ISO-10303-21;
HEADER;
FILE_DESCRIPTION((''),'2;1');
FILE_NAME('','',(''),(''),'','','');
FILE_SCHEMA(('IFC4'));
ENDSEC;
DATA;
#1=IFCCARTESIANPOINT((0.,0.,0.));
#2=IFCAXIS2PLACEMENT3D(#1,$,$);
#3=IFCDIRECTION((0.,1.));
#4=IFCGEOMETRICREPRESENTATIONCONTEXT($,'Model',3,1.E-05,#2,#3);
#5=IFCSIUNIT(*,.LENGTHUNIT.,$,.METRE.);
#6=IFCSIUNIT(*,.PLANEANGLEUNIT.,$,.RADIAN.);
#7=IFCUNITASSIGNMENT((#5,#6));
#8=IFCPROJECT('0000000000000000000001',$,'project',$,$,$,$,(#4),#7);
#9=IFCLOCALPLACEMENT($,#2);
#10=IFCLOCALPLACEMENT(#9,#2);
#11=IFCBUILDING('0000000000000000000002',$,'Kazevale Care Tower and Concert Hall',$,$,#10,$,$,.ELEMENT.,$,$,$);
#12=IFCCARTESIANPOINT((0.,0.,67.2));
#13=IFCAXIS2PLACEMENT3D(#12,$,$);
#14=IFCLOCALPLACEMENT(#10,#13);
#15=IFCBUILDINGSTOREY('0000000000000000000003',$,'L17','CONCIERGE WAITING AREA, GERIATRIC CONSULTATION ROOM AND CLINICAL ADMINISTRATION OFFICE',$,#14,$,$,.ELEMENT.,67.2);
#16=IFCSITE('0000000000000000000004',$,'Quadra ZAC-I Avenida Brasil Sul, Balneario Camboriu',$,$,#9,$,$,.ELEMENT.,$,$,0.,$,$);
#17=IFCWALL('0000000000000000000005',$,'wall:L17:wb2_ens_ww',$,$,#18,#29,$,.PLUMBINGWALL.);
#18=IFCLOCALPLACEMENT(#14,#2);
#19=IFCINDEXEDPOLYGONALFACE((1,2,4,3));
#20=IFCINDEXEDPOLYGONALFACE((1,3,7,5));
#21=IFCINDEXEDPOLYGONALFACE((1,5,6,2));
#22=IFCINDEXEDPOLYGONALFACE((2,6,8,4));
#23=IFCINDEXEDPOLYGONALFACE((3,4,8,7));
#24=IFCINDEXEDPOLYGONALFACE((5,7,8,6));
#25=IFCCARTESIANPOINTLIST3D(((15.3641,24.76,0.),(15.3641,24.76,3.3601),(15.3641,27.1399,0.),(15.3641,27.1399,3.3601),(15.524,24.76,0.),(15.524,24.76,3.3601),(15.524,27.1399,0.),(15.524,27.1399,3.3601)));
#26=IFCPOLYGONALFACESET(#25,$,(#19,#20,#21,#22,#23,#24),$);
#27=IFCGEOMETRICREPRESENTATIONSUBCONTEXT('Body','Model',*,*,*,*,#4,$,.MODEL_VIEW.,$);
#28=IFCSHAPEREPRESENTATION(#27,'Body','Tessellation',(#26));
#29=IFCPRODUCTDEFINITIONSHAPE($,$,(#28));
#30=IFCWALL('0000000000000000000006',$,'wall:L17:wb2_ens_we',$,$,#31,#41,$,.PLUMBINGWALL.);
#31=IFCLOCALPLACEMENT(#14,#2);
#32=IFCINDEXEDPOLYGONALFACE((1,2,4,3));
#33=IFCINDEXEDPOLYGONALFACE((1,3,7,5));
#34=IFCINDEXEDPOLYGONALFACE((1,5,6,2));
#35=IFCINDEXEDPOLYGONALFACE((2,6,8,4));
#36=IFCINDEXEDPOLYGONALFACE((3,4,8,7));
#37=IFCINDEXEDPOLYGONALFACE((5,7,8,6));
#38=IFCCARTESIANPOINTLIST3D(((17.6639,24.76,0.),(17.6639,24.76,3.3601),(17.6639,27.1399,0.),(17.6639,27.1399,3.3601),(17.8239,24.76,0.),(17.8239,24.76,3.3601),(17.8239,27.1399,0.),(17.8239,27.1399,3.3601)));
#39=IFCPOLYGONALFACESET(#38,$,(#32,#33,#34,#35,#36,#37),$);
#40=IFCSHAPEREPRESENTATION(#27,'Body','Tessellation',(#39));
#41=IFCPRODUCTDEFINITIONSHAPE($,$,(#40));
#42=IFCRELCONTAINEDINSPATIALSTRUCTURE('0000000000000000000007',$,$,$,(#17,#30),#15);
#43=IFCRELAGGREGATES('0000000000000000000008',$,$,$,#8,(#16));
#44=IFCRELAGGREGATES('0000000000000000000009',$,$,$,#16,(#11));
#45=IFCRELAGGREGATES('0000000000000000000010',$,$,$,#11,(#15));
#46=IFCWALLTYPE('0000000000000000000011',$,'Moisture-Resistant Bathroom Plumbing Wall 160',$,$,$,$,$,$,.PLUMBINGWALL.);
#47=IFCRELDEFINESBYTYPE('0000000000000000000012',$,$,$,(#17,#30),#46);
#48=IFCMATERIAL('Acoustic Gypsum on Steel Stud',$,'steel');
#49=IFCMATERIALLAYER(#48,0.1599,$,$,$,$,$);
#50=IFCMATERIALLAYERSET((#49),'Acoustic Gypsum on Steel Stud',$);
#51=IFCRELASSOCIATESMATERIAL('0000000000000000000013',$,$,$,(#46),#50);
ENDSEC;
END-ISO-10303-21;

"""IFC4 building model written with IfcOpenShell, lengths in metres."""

from ifc_helpers import new_model, si_unit, direction, frame, frame_2d, origin, place, context, subcontext, project, spatial, rectangle, extrude, material, layer, layer_set, type_object, element, save


model = new_model("IFC4")

# Units and contexts
model_context = context("Model", 3, precision=1e-05, world=origin(), true_north=direction((0.0, 1.0)))
body_context = subcontext(model_context, "Body", "Model", "MODEL_VIEW")
ifc_project = project(units=[si_unit("LENGTHUNIT", "METRE"), si_unit("PLANEANGLEUNIT", "RADIAN")], contexts=[model_context])

# Site, building, storey
site_placement = place(None, origin())
site = spatial("IfcSite", under=ifc_project, at=site_placement, Name="Quadra ZAC-I Avenida Brasil Sul, Balneario Camboriu", CompositionType="ELEMENT", RefElevation=0.0)
building_placement = place(site_placement, origin())
building = spatial("IfcBuilding", under=site, at=building_placement, Name="Kazevale Care Tower and Concert Hall", CompositionType="ELEMENT")
storey_placement = place(building_placement, frame((0.0, 0.0, 67.2)))
storey = spatial("IfcBuildingStorey", under=building, at=storey_placement, Name="L17", Description="CONCIERGE WAITING AREA, GERIATRIC CONSULTATION ROOM AND CLINICAL ADMINISTRATION OFFICE", CompositionType="ELEMENT", Elevation=67.2)

# Shared definitions
ifc_material_1 = material(Name="Acoustic Gypsum on Steel Stud", Category="steel")

# Shared definitions
ifc_layer_1 = layer(ifc_material_1, 0.1599)
ifc_layer_set_1 = layer_set([ifc_layer_1], Name="Acoustic Gypsum on Steel Stud")
wall_type_1 = type_object("IfcWallType", Name="Moisture-Resistant Bathroom Plumbing Wall 160", PredefinedType="PLUMBINGWALL", material=ifc_layer_set_1)

# Walls
for number, where, z_axis, x_axis, name in (
    (1, (15.4441, 24.76, 0.0), (0.0, 0.0, 1.0), (0.0, 1.0, 0.0), "wall:L17:wb2_ens_ww"),
    (2, (17.7439, 24.76, 0.0), (0.0, 0.0, 1.0), (0.0, 1.0, 0.0), "wall:L17:wb2_ens_we"),
):
    element("IfcWall", number, at=place(storey_placement, frame(where, z_axis=z_axis, x_axis=x_axis)), inside=storey, type_object=wall_type_1, Name=name, PredefinedType="PLUMBINGWALL", context=body_context, shape_type="SweptSolid", body=[
        extrude(rectangle(XDim=2.3799, YDim=0.1599, at=frame_2d((1.1899, 0.0))), origin(), (0.0, 0.0, 1.0), 3.3601),
    ])

save(model, "model.ifc")
